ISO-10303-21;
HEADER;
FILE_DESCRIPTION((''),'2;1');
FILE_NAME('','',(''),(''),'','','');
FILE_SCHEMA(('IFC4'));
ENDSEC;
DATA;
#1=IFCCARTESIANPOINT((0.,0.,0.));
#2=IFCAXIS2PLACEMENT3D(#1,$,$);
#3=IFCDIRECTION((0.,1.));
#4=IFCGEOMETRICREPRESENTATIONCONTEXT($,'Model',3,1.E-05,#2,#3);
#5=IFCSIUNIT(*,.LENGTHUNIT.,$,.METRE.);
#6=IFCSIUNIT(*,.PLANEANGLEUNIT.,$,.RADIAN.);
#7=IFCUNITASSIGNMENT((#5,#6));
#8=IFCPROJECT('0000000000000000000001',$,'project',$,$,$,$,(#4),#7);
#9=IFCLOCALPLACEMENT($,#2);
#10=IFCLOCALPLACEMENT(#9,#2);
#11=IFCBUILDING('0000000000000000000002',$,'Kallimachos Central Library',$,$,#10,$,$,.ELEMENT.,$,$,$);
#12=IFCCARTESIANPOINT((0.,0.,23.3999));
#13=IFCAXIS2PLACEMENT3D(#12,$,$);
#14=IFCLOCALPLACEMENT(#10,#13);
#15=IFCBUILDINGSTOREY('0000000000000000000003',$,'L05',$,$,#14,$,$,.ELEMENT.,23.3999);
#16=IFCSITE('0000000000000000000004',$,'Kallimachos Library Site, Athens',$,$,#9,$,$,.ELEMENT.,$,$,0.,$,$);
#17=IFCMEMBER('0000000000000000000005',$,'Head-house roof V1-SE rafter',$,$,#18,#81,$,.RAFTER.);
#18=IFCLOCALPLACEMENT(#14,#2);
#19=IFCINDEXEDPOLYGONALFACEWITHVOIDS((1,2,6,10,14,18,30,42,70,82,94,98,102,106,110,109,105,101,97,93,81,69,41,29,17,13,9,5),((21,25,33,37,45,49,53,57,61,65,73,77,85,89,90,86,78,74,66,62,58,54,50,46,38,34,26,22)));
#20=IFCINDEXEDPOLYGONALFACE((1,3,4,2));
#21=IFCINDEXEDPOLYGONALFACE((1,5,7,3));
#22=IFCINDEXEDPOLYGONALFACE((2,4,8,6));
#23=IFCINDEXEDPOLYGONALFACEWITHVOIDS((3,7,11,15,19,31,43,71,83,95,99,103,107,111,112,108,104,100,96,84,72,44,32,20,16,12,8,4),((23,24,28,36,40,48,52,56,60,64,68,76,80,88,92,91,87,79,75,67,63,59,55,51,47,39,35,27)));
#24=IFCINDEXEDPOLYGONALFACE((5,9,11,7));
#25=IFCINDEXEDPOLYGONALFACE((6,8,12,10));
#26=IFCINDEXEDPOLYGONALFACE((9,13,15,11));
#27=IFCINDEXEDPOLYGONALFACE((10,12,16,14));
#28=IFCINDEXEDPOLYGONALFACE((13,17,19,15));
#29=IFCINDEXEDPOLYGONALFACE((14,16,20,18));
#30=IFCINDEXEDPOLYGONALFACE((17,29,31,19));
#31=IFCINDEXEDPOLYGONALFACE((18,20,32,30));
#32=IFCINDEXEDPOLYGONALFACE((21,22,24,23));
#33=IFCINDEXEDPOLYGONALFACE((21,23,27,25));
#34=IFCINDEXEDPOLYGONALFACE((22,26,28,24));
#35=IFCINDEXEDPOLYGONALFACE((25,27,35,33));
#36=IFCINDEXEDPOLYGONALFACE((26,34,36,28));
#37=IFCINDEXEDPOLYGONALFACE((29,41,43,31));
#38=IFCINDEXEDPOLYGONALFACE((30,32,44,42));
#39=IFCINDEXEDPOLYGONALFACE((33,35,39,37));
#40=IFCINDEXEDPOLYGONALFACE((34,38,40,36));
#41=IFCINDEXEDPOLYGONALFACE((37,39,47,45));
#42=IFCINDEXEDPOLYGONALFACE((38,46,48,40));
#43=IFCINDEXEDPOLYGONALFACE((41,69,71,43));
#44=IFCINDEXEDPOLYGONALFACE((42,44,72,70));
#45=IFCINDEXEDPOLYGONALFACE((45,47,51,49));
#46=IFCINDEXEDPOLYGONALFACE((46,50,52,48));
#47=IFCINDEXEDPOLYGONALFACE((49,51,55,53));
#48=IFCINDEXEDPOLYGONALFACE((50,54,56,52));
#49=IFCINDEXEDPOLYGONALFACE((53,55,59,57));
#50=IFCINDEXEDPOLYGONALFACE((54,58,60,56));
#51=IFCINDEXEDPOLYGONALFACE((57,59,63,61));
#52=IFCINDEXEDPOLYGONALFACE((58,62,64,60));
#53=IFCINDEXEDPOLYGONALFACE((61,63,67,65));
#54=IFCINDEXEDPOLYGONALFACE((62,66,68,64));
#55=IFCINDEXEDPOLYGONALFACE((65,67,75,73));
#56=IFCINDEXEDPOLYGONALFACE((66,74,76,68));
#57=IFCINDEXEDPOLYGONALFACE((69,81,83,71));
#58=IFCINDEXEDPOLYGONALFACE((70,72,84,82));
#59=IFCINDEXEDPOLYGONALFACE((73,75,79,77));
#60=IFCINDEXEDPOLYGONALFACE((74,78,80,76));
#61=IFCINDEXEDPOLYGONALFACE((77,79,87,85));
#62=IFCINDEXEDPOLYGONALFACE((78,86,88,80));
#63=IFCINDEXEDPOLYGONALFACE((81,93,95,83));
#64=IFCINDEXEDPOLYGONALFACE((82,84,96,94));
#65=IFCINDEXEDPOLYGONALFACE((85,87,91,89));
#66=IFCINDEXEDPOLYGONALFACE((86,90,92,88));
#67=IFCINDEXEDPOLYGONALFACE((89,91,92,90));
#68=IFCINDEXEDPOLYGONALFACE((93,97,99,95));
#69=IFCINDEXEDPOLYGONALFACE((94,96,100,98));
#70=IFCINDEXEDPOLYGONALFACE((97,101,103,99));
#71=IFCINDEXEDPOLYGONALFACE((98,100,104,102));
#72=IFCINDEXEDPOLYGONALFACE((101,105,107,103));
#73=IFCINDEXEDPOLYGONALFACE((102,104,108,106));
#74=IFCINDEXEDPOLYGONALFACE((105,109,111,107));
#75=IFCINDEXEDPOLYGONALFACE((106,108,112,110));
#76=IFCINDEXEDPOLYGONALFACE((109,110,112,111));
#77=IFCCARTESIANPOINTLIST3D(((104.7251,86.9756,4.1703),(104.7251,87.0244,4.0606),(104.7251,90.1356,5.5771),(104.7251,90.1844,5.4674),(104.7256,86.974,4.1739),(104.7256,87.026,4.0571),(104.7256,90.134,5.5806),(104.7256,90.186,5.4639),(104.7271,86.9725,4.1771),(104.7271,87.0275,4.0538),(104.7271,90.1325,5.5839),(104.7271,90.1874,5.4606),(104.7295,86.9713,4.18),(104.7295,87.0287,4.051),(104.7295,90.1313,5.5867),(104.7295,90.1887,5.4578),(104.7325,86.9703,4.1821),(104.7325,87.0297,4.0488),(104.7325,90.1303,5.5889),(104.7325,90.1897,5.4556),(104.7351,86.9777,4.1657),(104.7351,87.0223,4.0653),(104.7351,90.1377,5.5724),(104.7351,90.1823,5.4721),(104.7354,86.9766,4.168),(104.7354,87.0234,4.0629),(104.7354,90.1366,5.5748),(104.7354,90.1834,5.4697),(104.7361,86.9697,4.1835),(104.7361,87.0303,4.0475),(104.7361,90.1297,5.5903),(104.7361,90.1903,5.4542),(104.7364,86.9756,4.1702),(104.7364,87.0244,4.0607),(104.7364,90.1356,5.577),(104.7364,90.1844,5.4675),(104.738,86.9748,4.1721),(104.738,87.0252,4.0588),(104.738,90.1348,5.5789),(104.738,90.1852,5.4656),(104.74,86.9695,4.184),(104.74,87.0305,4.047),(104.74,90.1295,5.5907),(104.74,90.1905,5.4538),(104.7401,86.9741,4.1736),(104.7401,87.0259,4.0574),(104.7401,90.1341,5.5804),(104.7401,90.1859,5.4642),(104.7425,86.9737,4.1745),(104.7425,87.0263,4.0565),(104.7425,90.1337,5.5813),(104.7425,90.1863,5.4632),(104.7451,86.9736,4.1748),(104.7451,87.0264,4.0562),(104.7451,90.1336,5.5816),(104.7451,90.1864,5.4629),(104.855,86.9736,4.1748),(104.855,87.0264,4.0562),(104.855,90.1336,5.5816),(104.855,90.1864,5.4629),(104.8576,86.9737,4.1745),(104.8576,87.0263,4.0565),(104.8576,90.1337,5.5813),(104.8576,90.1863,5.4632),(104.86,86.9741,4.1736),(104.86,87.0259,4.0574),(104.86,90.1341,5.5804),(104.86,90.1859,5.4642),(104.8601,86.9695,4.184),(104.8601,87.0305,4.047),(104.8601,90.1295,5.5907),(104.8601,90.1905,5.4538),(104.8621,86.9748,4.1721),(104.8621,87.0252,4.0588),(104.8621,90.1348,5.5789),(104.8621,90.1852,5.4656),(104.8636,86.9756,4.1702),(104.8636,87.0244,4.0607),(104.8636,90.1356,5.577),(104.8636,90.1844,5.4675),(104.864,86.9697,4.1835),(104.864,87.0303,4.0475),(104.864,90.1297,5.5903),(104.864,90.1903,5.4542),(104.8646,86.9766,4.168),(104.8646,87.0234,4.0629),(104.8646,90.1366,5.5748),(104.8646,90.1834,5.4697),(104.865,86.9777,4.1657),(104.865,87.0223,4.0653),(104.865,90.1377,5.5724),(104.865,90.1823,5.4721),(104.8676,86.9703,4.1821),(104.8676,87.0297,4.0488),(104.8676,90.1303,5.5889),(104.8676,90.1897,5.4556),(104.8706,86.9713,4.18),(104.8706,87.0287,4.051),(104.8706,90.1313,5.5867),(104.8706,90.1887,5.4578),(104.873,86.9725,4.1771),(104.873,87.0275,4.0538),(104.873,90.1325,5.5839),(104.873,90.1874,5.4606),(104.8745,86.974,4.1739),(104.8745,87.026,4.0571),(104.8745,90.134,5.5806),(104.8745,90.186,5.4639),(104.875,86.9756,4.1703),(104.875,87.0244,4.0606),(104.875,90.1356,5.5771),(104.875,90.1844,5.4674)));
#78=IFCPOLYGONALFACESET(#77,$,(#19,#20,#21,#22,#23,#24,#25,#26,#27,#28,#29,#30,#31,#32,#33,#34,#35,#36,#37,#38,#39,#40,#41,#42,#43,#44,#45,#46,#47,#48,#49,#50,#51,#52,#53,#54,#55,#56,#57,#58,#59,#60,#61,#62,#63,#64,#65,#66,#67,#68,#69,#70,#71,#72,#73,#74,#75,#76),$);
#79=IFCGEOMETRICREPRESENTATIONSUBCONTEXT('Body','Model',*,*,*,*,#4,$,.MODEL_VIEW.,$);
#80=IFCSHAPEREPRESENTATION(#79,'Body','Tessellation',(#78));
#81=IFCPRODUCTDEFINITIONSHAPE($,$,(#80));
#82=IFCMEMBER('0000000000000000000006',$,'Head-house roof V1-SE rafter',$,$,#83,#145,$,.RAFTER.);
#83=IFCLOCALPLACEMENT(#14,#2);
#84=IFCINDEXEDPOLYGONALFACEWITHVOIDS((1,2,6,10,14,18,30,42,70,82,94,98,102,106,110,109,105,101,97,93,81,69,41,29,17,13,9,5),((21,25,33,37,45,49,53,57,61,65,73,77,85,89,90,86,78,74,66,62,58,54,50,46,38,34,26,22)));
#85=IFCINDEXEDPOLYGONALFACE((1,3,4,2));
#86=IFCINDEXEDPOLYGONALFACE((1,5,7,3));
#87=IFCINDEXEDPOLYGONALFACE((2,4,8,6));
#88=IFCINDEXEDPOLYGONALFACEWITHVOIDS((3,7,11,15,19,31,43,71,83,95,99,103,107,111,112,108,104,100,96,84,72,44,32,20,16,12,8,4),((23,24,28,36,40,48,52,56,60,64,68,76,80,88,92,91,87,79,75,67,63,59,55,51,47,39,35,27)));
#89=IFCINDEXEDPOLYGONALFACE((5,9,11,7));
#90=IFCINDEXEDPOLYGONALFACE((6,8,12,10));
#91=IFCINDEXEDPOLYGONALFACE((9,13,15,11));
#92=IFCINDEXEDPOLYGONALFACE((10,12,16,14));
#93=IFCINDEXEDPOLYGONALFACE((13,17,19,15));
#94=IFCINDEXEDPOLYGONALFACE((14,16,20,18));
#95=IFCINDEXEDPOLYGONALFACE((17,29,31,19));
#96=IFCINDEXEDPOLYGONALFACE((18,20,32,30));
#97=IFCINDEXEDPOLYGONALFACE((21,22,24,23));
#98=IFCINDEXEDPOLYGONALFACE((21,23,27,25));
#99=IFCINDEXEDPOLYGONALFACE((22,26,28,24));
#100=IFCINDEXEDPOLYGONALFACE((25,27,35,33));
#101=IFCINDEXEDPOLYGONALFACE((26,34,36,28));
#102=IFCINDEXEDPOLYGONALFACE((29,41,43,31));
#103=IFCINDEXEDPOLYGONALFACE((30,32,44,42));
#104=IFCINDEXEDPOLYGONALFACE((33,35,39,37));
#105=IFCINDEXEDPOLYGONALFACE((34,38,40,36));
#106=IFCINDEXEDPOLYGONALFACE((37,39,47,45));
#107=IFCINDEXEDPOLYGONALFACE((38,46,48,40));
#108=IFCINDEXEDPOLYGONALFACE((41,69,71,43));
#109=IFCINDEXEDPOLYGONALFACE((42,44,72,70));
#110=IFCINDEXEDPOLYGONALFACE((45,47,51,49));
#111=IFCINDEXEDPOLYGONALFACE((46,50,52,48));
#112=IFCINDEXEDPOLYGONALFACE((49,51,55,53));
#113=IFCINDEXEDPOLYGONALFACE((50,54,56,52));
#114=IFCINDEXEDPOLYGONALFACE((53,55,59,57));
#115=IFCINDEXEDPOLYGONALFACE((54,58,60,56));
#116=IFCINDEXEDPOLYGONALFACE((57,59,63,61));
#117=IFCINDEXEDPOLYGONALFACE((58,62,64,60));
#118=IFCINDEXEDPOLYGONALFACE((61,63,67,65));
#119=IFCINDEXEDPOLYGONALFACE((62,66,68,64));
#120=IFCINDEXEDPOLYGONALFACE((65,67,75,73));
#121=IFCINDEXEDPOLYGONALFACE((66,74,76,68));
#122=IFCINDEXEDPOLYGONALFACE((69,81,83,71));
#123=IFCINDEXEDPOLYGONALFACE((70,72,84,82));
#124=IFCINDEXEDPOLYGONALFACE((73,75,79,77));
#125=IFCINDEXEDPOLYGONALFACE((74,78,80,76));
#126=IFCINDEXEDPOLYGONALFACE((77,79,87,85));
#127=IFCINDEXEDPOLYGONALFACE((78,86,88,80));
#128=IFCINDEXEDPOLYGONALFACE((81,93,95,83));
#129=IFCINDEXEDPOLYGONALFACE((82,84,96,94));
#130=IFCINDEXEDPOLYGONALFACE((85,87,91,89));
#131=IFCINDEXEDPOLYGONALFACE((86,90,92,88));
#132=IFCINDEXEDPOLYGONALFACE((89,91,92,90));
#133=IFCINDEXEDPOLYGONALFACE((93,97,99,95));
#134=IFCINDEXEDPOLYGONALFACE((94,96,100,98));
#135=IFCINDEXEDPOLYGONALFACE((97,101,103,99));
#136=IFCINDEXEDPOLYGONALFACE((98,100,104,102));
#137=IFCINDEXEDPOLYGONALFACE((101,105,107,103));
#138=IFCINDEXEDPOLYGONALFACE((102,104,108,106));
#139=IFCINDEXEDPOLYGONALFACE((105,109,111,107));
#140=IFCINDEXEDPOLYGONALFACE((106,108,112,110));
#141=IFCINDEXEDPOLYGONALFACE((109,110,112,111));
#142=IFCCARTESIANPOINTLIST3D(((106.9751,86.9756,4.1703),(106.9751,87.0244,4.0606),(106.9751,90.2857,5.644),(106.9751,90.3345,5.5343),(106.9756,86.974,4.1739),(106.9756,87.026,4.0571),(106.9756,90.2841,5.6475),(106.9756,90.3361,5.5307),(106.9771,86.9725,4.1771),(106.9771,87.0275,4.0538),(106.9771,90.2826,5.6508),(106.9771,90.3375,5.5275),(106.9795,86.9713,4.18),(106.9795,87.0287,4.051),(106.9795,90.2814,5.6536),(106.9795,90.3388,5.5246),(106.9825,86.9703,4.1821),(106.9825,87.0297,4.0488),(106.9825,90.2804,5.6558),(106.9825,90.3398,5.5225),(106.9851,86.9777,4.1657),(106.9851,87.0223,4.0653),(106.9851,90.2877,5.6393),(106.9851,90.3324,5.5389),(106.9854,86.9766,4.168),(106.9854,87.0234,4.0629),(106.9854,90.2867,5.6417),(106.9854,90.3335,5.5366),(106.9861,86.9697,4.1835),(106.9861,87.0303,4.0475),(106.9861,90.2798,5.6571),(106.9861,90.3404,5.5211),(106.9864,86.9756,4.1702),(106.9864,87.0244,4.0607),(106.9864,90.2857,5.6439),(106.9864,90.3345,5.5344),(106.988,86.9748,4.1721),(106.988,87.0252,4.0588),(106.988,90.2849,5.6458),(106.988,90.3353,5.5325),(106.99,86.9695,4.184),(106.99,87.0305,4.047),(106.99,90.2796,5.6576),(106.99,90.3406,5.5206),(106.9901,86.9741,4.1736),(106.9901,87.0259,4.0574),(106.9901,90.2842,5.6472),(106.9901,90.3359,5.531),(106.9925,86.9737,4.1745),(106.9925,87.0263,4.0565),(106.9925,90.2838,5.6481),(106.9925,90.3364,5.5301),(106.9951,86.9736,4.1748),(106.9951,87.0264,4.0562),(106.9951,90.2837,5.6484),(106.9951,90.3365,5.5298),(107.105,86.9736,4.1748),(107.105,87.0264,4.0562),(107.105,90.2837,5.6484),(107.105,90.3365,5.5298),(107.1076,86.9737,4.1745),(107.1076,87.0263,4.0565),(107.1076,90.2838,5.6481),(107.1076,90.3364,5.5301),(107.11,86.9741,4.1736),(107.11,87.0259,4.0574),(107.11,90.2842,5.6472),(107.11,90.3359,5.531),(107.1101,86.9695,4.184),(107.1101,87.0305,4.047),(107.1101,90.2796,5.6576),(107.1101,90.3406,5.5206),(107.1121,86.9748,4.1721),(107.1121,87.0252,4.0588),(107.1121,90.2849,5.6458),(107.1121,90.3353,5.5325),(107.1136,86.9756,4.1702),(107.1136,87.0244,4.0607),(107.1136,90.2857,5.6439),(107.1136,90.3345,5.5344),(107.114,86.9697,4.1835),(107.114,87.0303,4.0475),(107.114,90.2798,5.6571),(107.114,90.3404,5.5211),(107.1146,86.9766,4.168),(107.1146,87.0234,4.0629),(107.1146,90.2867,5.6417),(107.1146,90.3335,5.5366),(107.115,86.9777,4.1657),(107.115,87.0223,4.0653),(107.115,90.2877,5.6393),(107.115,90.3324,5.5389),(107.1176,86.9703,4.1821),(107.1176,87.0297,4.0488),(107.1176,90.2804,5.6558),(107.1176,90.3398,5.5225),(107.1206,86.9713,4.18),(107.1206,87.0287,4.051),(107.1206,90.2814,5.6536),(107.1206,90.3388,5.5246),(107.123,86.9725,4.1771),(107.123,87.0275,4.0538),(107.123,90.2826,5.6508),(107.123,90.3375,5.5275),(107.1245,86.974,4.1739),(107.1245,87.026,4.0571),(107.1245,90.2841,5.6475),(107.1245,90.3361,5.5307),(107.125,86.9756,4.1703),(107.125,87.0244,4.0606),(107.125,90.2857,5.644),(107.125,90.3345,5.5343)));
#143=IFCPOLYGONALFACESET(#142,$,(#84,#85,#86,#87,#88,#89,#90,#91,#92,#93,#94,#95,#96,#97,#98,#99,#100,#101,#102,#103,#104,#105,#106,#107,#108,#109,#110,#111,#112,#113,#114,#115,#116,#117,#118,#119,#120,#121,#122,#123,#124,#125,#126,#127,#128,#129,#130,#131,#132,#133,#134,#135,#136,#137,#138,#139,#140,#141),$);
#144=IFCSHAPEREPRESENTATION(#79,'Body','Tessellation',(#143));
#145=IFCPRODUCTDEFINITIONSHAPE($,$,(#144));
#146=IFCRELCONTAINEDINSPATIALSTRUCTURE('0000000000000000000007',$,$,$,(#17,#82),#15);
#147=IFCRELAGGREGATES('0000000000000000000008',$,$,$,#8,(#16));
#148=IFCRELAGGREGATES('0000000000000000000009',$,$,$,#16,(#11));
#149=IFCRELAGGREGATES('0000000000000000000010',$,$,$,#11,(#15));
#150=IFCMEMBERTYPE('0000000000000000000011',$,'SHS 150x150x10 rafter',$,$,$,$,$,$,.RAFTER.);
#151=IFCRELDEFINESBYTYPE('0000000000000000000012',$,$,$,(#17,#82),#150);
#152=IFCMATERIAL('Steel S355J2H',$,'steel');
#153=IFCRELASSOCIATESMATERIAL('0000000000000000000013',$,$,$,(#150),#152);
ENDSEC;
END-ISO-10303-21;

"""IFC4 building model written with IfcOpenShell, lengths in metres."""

from ifc_helpers import new_model, si_unit, direction, frame, origin, origin_2d, place, context, subcontext, project, spatial, hollow_rectangle, extrude, material, material_profile, profile_set, type_object, element, save


model = new_model("IFC4")

# Units and contexts
model_context = context("Model", 3, precision=1e-05, world=origin(), true_north=direction((0.0, 1.0)))
body_context = subcontext(model_context, "Body", "Model", "MODEL_VIEW")
ifc_project = project(units=[si_unit("LENGTHUNIT", "METRE"), si_unit("PLANEANGLEUNIT", "RADIAN")], contexts=[model_context])

# Site, building, storey
site_placement = place(None, origin())
site = spatial("IfcSite", under=ifc_project, at=site_placement, Name="Kallimachos Library Site, Athens", CompositionType="ELEMENT", RefElevation=0.0)
building_placement = place(site_placement, origin())
building = spatial("IfcBuilding", under=site, at=building_placement, Name="Kallimachos Central Library", CompositionType="ELEMENT")
storey_placement = place(building_placement, frame((0.0, 0.0, 23.3999)))
storey = spatial("IfcBuildingStorey", under=building, at=storey_placement, Name="L05", CompositionType="ELEMENT", Elevation=23.3999)

# Members
ifc_material_1 = material(Name="Steel S355J2H", Category="steel")
ifc_material_profile_1 = material_profile(ifc_material_1, hollow_rectangle(XDim=0.1499, YDim=0.1499, WallThickness=0.01, InnerFilletRadius=0.01, OuterFilletRadius=0.0149, at=origin_2d()), Name="SHS 150x150x10")
ifc_profile_set_1 = profile_set([ifc_material_profile_1], Name="Steel S355J2H")
member_type_1 = type_object("IfcMemberType", Name="SHS 150x150x10 rafter", PredefinedType="RAFTER", material=ifc_profile_set_1)
member_1_placement = place(storey_placement, frame((104.8, 87.0, 4.1155), z_axis=(0.0, 0.913561, 0.406702), x_axis=(-1.0, 0.0, 0.0)))
element("IfcMember", 1, at=member_1_placement, inside=storey, type_object=member_type_1, Name="Head-house roof V1-SE rafter", PredefinedType="RAFTER", context=body_context, shape_type="SweptSolid", body=[
    extrude(hollow_rectangle(XDim=0.1499, YDim=0.1499, WallThickness=0.01, InnerFilletRadius=0.01, OuterFilletRadius=0.0149, at=origin_2d()), origin(), (0.0, 0.0, 1.0), 3.459),
])
member_2_placement = place(storey_placement, frame((107.05, 87.0, 4.1155), z_axis=(0.0, 0.913556, 0.406714), x_axis=(-1.0, 0.0, 0.0)))
element("IfcMember", 2, at=member_2_placement, inside=storey, type_object=member_type_1, Name="Head-house roof V1-SE rafter", PredefinedType="RAFTER", context=body_context, shape_type="SweptSolid", body=[
    extrude(hollow_rectangle(XDim=0.1499, YDim=0.1499, WallThickness=0.01, InnerFilletRadius=0.01, OuterFilletRadius=0.0149, at=origin_2d()), origin(), (0.0, 0.0, 1.0), 3.6233),
])

save(model, "model.ifc")
